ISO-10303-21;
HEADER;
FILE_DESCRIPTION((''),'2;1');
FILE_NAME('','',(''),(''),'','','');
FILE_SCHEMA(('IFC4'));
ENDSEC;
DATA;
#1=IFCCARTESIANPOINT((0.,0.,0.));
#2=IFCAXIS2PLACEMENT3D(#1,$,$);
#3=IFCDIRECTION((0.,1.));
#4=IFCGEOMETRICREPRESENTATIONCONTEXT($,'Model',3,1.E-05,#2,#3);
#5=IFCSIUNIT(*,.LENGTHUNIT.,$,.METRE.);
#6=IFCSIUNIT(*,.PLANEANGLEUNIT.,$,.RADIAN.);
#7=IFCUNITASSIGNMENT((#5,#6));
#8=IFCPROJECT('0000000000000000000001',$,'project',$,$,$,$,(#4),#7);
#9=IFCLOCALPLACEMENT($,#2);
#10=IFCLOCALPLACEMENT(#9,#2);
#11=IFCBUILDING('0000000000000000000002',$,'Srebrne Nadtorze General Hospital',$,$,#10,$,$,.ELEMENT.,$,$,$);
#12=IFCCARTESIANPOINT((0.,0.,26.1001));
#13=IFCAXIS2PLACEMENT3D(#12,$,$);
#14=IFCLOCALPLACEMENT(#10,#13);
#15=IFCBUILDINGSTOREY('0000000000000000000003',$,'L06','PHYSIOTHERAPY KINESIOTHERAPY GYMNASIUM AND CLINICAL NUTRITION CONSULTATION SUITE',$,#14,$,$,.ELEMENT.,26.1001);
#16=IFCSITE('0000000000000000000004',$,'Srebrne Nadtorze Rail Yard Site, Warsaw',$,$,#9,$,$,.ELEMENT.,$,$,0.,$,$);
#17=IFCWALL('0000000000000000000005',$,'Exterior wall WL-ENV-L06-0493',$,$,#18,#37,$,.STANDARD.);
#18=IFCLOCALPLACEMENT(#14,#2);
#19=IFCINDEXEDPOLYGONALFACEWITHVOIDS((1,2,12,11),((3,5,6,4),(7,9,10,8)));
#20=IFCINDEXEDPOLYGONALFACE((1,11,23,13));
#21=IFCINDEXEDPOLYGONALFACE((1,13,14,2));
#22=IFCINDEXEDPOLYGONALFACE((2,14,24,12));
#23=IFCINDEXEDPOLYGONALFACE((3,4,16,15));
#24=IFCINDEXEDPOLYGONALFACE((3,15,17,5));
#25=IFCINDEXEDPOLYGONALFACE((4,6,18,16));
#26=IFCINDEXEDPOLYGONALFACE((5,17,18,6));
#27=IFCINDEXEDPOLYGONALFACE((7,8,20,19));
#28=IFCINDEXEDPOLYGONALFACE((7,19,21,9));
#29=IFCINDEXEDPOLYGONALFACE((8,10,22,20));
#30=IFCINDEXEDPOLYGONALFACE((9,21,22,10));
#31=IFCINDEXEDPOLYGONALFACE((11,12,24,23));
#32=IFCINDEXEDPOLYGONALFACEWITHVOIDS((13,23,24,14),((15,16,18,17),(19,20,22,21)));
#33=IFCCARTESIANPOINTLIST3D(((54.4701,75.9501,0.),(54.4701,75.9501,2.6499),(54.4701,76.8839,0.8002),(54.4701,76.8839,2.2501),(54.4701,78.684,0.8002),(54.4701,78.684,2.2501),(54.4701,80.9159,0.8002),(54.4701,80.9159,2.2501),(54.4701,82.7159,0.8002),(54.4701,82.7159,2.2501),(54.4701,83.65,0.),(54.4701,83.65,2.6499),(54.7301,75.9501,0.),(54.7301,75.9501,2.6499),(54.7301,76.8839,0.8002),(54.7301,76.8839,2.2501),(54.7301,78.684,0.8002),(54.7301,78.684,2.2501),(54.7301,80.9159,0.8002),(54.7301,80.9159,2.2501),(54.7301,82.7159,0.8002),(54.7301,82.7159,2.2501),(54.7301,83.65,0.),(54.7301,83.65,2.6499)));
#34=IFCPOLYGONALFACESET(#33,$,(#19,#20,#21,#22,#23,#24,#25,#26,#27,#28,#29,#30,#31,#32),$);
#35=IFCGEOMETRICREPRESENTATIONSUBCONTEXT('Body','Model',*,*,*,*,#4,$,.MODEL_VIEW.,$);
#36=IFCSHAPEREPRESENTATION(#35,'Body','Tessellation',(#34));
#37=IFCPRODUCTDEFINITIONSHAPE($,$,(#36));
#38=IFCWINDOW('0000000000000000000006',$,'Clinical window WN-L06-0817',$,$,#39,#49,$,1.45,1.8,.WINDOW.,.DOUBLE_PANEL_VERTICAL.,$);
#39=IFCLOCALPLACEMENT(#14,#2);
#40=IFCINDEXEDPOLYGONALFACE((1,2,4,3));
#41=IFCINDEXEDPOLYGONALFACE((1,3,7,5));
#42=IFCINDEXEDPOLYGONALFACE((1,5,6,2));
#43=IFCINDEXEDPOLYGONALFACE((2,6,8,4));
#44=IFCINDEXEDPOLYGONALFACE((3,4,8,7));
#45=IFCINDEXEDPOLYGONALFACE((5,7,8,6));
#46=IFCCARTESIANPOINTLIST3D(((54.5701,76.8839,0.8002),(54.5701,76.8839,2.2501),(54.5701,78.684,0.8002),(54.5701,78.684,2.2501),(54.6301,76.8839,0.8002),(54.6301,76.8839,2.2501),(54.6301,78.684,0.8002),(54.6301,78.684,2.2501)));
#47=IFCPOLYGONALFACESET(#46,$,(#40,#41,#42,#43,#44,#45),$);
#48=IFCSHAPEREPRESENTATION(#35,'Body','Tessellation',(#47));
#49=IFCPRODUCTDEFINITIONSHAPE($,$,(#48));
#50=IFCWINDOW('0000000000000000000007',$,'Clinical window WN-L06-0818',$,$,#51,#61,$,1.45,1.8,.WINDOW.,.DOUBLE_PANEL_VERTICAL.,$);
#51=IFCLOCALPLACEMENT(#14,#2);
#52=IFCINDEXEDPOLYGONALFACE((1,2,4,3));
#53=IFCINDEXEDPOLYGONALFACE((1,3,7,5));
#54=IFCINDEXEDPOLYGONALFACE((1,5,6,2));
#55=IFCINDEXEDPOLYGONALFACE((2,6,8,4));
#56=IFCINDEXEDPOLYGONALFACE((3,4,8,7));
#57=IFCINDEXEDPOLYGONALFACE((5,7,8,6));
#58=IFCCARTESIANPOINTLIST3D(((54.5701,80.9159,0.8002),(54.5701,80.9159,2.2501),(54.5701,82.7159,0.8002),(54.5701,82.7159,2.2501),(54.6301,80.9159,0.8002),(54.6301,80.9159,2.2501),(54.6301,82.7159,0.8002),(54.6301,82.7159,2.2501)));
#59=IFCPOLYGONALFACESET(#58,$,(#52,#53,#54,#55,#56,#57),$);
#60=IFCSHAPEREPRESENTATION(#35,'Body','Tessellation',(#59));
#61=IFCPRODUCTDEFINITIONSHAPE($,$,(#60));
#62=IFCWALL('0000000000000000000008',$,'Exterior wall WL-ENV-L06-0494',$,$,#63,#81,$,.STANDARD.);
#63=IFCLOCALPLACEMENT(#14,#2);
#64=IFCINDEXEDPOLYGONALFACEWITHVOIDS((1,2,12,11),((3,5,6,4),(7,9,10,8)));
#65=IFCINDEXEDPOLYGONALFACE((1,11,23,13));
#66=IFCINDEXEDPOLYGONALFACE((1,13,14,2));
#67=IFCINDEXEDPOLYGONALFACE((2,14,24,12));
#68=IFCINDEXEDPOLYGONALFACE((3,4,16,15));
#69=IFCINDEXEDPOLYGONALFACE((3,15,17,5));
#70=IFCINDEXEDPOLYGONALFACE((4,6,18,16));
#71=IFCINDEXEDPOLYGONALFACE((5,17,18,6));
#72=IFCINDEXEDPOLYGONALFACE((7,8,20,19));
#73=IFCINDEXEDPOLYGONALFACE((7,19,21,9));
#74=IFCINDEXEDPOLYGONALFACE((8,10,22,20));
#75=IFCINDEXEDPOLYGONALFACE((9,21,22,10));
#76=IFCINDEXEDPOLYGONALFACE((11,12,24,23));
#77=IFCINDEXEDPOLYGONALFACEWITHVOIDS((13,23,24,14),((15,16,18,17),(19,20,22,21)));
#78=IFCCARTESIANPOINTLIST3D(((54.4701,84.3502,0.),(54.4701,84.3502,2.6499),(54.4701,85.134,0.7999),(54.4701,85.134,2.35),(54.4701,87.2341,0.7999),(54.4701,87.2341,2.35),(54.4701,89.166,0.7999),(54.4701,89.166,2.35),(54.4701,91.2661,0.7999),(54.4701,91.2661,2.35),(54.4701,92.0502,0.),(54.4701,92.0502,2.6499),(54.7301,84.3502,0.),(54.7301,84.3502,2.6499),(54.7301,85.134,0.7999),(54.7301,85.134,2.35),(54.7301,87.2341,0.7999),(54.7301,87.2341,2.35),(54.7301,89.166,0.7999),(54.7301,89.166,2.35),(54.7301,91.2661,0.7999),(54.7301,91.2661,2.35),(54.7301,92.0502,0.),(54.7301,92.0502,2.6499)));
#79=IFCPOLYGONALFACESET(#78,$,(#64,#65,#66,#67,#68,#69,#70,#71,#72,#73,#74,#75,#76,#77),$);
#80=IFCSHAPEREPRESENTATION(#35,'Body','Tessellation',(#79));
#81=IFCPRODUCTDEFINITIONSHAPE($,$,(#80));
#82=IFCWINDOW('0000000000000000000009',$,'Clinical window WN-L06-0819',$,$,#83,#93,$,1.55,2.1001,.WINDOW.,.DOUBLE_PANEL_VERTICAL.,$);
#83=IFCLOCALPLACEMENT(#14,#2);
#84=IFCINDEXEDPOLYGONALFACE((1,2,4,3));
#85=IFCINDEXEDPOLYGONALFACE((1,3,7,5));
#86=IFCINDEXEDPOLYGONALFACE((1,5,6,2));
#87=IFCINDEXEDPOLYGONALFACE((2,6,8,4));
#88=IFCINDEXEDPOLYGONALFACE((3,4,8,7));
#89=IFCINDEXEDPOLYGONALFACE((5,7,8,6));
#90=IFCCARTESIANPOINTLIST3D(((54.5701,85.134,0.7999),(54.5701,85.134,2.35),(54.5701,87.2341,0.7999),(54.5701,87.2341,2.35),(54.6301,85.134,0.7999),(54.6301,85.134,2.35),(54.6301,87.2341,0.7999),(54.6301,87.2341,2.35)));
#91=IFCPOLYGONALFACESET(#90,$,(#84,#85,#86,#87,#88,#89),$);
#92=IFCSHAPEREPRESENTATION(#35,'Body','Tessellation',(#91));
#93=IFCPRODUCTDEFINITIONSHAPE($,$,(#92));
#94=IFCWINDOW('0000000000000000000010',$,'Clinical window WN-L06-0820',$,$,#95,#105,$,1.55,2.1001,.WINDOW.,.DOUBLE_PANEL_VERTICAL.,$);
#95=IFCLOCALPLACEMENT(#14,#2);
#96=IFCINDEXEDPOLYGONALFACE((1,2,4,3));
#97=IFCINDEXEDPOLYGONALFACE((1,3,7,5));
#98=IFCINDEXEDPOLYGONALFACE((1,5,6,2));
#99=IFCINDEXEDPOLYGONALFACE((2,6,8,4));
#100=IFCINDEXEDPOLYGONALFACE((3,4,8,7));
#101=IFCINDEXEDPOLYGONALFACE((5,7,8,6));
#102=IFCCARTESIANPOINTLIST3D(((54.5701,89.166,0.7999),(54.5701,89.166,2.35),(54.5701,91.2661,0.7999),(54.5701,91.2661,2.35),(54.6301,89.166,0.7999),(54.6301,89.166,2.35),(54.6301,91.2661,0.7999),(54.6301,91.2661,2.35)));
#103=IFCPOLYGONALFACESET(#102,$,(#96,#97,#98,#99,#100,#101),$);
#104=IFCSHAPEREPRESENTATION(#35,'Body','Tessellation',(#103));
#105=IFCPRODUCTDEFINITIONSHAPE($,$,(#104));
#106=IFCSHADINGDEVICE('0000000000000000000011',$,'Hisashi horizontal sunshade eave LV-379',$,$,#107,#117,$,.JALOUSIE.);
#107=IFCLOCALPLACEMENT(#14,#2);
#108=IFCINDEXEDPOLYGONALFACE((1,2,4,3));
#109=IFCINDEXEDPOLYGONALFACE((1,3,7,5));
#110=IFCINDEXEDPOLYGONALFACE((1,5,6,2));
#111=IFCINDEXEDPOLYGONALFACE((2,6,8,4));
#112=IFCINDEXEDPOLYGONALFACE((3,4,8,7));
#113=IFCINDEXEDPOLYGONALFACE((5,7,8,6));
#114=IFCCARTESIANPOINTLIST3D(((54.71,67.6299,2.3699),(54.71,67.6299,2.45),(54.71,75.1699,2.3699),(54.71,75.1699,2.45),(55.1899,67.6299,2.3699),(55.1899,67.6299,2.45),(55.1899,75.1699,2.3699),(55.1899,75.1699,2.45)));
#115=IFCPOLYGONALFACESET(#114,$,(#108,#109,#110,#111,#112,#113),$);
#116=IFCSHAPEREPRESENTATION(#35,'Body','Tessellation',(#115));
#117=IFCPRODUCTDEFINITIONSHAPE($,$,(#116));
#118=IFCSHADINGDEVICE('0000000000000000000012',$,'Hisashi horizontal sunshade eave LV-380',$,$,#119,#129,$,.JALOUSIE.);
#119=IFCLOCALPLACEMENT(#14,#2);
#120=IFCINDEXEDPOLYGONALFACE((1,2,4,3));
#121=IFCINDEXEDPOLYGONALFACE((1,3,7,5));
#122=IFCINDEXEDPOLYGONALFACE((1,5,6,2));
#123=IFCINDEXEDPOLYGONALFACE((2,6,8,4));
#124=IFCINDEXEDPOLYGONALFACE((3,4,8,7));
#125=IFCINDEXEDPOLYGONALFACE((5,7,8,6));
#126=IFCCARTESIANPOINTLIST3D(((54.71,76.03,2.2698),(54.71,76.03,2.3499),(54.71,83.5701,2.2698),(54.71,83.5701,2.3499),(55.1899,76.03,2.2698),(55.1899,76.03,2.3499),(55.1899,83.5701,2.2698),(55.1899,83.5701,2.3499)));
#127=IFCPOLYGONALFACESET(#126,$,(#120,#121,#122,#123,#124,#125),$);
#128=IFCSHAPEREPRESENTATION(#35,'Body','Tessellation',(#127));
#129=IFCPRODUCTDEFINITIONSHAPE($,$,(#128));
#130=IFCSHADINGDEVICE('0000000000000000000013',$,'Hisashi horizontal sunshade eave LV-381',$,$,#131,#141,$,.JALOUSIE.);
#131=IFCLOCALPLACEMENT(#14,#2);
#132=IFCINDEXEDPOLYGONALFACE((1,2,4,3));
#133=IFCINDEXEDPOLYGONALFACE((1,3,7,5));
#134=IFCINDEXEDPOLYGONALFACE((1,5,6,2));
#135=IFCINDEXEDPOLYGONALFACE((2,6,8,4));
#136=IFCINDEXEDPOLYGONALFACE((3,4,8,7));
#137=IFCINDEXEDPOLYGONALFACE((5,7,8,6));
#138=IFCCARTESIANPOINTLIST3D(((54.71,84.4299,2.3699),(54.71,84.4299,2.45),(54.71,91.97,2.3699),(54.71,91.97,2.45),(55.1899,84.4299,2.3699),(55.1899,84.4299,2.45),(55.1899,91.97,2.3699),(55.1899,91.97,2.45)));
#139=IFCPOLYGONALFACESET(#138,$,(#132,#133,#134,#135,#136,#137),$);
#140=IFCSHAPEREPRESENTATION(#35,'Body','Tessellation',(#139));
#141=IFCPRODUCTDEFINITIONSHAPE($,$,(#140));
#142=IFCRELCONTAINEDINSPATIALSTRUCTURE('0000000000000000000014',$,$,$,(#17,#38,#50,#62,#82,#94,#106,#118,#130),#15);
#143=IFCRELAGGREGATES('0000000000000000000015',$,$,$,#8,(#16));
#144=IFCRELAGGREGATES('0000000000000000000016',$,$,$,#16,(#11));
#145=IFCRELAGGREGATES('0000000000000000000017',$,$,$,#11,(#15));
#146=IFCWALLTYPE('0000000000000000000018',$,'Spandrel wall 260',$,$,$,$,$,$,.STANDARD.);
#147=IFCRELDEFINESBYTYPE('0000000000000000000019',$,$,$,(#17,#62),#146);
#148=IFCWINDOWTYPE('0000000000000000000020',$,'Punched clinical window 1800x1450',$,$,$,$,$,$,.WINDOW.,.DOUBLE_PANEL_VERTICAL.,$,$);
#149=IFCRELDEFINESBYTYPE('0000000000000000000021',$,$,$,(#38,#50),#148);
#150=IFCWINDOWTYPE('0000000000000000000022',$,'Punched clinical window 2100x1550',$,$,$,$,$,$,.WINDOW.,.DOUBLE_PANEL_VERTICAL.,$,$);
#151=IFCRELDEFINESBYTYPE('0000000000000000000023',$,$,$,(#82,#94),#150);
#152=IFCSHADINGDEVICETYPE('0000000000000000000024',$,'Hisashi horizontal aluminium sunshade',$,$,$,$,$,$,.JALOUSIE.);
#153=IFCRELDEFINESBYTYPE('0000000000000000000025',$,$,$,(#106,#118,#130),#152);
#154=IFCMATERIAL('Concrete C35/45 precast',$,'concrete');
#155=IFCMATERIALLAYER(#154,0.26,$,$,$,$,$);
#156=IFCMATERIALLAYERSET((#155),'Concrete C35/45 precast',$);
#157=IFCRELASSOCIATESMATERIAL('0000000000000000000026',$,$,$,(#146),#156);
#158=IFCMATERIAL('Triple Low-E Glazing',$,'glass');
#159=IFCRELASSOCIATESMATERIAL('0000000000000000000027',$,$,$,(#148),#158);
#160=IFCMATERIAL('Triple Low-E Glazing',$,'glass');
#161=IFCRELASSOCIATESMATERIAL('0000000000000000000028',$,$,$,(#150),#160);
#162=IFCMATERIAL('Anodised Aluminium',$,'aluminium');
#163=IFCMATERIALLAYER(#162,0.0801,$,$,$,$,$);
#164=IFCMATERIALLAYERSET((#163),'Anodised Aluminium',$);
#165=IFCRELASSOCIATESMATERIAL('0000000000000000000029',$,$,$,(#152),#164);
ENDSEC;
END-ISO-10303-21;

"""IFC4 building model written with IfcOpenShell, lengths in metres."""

from ifc_helpers import new_model, si_unit, direction, frame, frame_2d, origin, origin_2d, place, context, subcontext, project, spatial, rectangle, extrude, material, layer, layer_set, type_object, element, fill, save


model = new_model("IFC4")

# Units and contexts
model_context = context("Model", 3, precision=1e-05, world=origin(), true_north=direction((0.0, 1.0)))
body_context = subcontext(model_context, "Body", "Model", "MODEL_VIEW")
ifc_project = project(units=[si_unit("LENGTHUNIT", "METRE"), si_unit("PLANEANGLEUNIT", "RADIAN")], contexts=[model_context])

# Site, building, storey
site_placement = place(None, origin())
site = spatial("IfcSite", under=ifc_project, at=site_placement, Name="Srebrne Nadtorze Rail Yard Site, Warsaw", CompositionType="ELEMENT", RefElevation=0.0)
building_placement = place(site_placement, origin())
building = spatial("IfcBuilding", under=site, at=building_placement, Name="Srebrne Nadtorze General Hospital", CompositionType="ELEMENT")
storey_placement = place(building_placement, frame((0.0, 0.0, 26.1001)))
storey = spatial("IfcBuildingStorey", under=building, at=storey_placement, Name="L06", Description="PHYSIOTHERAPY KINESIOTHERAPY GYMNASIUM AND CLINICAL NUTRITION CONSULTATION SUITE", CompositionType="ELEMENT", Elevation=26.1001)

# Walls, openings, windows
ifc_material_1 = material(Name="Concrete C35/45 precast", Category="concrete")
ifc_layer_1 = layer(ifc_material_1, 0.26)
ifc_layer_set_1 = layer_set([ifc_layer_1], Name="Concrete C35/45 precast")
wall_type_1 = type_object("IfcWallType", Name="Spandrel wall 260", PredefinedType="STANDARD", material=ifc_layer_set_1)
wall_1_placement = place(storey_placement, frame((54.6001, 75.95, 0.0), z_axis=(0.0, 0.0, 1.0), x_axis=(0.0, 1.0, 0.0)))
wall_1 = element("IfcWall", 1, at=wall_1_placement, inside=storey, type_object=wall_type_1, Name="Exterior wall WL-ENV-L06-0493", PredefinedType="STANDARD", context=body_context, shape_type="SweptSolid", body=[
    extrude(rectangle(XDim=7.7, YDim=0.26, at=frame_2d((3.8501, 0.0))), origin(), (0.0, 0.0, 1.0), 2.6499),
])
opening_1_placement = place(wall_1_placement, frame((0.9341, 0.0, 0.8)))
opening_1 = element("IfcOpeningElement", 2, at=opening_1_placement, cuts=wall_1, PredefinedType="OPENING", context=body_context, shape_type="SweptSolid", body=[
    extrude(rectangle(XDim=1.8, YDim=1.45, at=frame_2d((0.8999, 0.7251))), frame((0.0, 0.1421, 0.0), z_axis=(0.0, -1.0, 0.0), x_axis=(1.0, 0.0, 0.0)), (0.0, 0.0, 1.0), 0.2839),
])
opening_2_placement = place(wall_1_placement, frame((4.9661, 0.0, 0.8)))
opening_2 = element("IfcOpeningElement", 3, at=opening_2_placement, cuts=wall_1, PredefinedType="OPENING", context=body_context, shape_type="SweptSolid", body=[
    extrude(rectangle(XDim=1.8, YDim=1.45, at=frame_2d((0.8999, 0.7251))), frame((0.0, 0.1421, 0.0), z_axis=(0.0, -1.0, 0.0), x_axis=(1.0, 0.0, 0.0)), (0.0, 0.0, 1.0), 0.2839),
])
ifc_material_2 = material(Name="Triple Low-E Glazing", Category="glass")
window_type_1 = type_object("IfcWindowType", Name="Punched clinical window 1800x1450", PartitioningType="DOUBLE_PANEL_VERTICAL", PredefinedType="WINDOW", material=ifc_material_2)
window_1_placement = place(opening_1_placement, origin())
window_1 = element("IfcWindow", 4, at=window_1_placement, inside=storey, type_object=window_type_1, Name="Clinical window WN-L06-0817", OverallHeight=1.45, OverallWidth=1.8, PartitioningType="DOUBLE_PANEL_VERTICAL", PredefinedType="WINDOW", context=body_context, shape_type="SweptSolid", body=[
    extrude(rectangle(XDim=1.8, YDim=1.45, at=frame_2d((0.8999, 0.7251))), frame((0.0, 0.03, 0.0), z_axis=(0.0, -1.0, 0.0), x_axis=(1.0, 0.0, 0.0)), (0.0, 0.0, 1.0), 0.0601),
])
fill(opening_1, window_1)
window_2_placement = place(opening_2_placement, origin())
window_2 = element("IfcWindow", 5, at=window_2_placement, inside=storey, type_object=window_type_1, Name="Clinical window WN-L06-0818", OverallHeight=1.45, OverallWidth=1.8, PartitioningType="DOUBLE_PANEL_VERTICAL", PredefinedType="WINDOW", context=body_context, shape_type="SweptSolid", body=[
    extrude(rectangle(XDim=1.8, YDim=1.45, at=frame_2d((0.8999, 0.7251))), frame((0.0, 0.03, 0.0), z_axis=(0.0, -1.0, 0.0), x_axis=(1.0, 0.0, 0.0)), (0.0, 0.0, 1.0), 0.0601),
])
fill(opening_2, window_2)
wall_2_placement = place(storey_placement, frame((54.6001, 84.3501, 0.0), z_axis=(0.0, 0.0, 1.0), x_axis=(0.0, 1.0, 0.0)))
wall_2 = element("IfcWall", 6, at=wall_2_placement, inside=storey, type_object=wall_type_1, Name="Exterior wall WL-ENV-L06-0494", PredefinedType="STANDARD", context=body_context, shape_type="SweptSolid", body=[
    extrude(rectangle(XDim=7.7, YDim=0.26, at=frame_2d((3.8501, 0.0))), origin(), (0.0, 0.0, 1.0), 2.6499),
])
opening_3_placement = place(wall_2_placement, frame((0.7839, 0.0, 0.8)))
opening_3 = element("IfcOpeningElement", 7, at=opening_3_placement, cuts=wall_2, PredefinedType="OPENING", context=body_context, shape_type="SweptSolid", body=[
    extrude(rectangle(XDim=2.1001, YDim=1.55, at=frame_2d((1.05, 0.7749))), frame((0.0, 0.1421, 0.0), z_axis=(0.0, -1.0, 0.0), x_axis=(1.0, 0.0, 0.0)), (0.0, 0.0, 1.0), 0.2839),
])
opening_4_placement = place(wall_2_placement, frame((4.8159, 0.0, 0.8)))
opening_4 = element("IfcOpeningElement", 8, at=opening_4_placement, cuts=wall_2, PredefinedType="OPENING", context=body_context, shape_type="SweptSolid", body=[
    extrude(rectangle(XDim=2.1001, YDim=1.55, at=frame_2d((1.05, 0.7749))), frame((0.0, 0.1421, 0.0), z_axis=(0.0, -1.0, 0.0), x_axis=(1.0, 0.0, 0.0)), (0.0, 0.0, 1.0), 0.2839),
])
ifc_material_3 = material(Name="Triple Low-E Glazing", Category="glass")
window_type_2 = type_object("IfcWindowType", Name="Punched clinical window 2100x1550", PartitioningType="DOUBLE_PANEL_VERTICAL", PredefinedType="WINDOW", material=ifc_material_3)
window_3_placement = place(opening_3_placement, origin())
window_3 = element("IfcWindow", 9, at=window_3_placement, inside=storey, type_object=window_type_2, Name="Clinical window WN-L06-0819", OverallHeight=1.55, OverallWidth=2.1001, PartitioningType="DOUBLE_PANEL_VERTICAL", PredefinedType="WINDOW", context=body_context, shape_type="SweptSolid", body=[
    extrude(rectangle(XDim=2.1001, YDim=1.55, at=frame_2d((1.05, 0.7749))), frame((0.0, 0.03, 0.0), z_axis=(0.0, -1.0, 0.0), x_axis=(1.0, 0.0, 0.0)), (0.0, 0.0, 1.0), 0.0601),
])
fill(opening_3, window_3)
window_4_placement = place(opening_4_placement, origin())
window_4 = element("IfcWindow", 10, at=window_4_placement, inside=storey, type_object=window_type_2, Name="Clinical window WN-L06-0820", OverallHeight=1.55, OverallWidth=2.1001, PartitioningType="DOUBLE_PANEL_VERTICAL", PredefinedType="WINDOW", context=body_context, shape_type="SweptSolid", body=[
    extrude(rectangle(XDim=2.1001, YDim=1.55, at=frame_2d((1.05, 0.7749))), frame((0.0, 0.03, 0.0), z_axis=(0.0, -1.0, 0.0), x_axis=(1.0, 0.0, 0.0)), (0.0, 0.0, 1.0), 0.0601),
])
fill(opening_4, window_4)

# Shading devices
ifc_material_4 = material(Name="Anodised Aluminium", Category="aluminium")
ifc_layer_2 = layer(ifc_material_4, 0.0801)
ifc_layer_set_2 = layer_set([ifc_layer_2], Name="Anodised Aluminium")
shading_device_type = type_object("IfcShadingDeviceType", Name="Hisashi horizontal aluminium sunshade", PredefinedType="JALOUSIE", material=ifc_layer_set_2)
for number, where, z_axis, x_axis, name in (
    (11, (54.95, 71.3999, 2.3699), (0.0, 0.0, 1.0), (1.0, 0.0, 0.0), "Hisashi horizontal sunshade eave LV-379"),
    (12, (54.95, 79.8, 2.2698), (0.0, 0.0, 1.0), (1.0, 0.0, 0.0), "Hisashi horizontal sunshade eave LV-380"),
    (13, (54.95, 88.2, 2.3699), (0.0, 0.0, 1.0), (1.0, 0.0, 0.0), "Hisashi horizontal sunshade eave LV-381"),
):
    element("IfcShadingDevice", number, at=place(storey_placement, frame(where, z_axis=z_axis, x_axis=x_axis)), inside=storey, type_object=shading_device_type, Name=name, PredefinedType="JALOUSIE", context=body_context, shape_type="SweptSolid", body=[
        extrude(rectangle(XDim=0.48, YDim=7.54, at=origin_2d()), origin(), (0.0, 0.0, 1.0), 0.0801),
    ])

save(model, "model.ifc")
